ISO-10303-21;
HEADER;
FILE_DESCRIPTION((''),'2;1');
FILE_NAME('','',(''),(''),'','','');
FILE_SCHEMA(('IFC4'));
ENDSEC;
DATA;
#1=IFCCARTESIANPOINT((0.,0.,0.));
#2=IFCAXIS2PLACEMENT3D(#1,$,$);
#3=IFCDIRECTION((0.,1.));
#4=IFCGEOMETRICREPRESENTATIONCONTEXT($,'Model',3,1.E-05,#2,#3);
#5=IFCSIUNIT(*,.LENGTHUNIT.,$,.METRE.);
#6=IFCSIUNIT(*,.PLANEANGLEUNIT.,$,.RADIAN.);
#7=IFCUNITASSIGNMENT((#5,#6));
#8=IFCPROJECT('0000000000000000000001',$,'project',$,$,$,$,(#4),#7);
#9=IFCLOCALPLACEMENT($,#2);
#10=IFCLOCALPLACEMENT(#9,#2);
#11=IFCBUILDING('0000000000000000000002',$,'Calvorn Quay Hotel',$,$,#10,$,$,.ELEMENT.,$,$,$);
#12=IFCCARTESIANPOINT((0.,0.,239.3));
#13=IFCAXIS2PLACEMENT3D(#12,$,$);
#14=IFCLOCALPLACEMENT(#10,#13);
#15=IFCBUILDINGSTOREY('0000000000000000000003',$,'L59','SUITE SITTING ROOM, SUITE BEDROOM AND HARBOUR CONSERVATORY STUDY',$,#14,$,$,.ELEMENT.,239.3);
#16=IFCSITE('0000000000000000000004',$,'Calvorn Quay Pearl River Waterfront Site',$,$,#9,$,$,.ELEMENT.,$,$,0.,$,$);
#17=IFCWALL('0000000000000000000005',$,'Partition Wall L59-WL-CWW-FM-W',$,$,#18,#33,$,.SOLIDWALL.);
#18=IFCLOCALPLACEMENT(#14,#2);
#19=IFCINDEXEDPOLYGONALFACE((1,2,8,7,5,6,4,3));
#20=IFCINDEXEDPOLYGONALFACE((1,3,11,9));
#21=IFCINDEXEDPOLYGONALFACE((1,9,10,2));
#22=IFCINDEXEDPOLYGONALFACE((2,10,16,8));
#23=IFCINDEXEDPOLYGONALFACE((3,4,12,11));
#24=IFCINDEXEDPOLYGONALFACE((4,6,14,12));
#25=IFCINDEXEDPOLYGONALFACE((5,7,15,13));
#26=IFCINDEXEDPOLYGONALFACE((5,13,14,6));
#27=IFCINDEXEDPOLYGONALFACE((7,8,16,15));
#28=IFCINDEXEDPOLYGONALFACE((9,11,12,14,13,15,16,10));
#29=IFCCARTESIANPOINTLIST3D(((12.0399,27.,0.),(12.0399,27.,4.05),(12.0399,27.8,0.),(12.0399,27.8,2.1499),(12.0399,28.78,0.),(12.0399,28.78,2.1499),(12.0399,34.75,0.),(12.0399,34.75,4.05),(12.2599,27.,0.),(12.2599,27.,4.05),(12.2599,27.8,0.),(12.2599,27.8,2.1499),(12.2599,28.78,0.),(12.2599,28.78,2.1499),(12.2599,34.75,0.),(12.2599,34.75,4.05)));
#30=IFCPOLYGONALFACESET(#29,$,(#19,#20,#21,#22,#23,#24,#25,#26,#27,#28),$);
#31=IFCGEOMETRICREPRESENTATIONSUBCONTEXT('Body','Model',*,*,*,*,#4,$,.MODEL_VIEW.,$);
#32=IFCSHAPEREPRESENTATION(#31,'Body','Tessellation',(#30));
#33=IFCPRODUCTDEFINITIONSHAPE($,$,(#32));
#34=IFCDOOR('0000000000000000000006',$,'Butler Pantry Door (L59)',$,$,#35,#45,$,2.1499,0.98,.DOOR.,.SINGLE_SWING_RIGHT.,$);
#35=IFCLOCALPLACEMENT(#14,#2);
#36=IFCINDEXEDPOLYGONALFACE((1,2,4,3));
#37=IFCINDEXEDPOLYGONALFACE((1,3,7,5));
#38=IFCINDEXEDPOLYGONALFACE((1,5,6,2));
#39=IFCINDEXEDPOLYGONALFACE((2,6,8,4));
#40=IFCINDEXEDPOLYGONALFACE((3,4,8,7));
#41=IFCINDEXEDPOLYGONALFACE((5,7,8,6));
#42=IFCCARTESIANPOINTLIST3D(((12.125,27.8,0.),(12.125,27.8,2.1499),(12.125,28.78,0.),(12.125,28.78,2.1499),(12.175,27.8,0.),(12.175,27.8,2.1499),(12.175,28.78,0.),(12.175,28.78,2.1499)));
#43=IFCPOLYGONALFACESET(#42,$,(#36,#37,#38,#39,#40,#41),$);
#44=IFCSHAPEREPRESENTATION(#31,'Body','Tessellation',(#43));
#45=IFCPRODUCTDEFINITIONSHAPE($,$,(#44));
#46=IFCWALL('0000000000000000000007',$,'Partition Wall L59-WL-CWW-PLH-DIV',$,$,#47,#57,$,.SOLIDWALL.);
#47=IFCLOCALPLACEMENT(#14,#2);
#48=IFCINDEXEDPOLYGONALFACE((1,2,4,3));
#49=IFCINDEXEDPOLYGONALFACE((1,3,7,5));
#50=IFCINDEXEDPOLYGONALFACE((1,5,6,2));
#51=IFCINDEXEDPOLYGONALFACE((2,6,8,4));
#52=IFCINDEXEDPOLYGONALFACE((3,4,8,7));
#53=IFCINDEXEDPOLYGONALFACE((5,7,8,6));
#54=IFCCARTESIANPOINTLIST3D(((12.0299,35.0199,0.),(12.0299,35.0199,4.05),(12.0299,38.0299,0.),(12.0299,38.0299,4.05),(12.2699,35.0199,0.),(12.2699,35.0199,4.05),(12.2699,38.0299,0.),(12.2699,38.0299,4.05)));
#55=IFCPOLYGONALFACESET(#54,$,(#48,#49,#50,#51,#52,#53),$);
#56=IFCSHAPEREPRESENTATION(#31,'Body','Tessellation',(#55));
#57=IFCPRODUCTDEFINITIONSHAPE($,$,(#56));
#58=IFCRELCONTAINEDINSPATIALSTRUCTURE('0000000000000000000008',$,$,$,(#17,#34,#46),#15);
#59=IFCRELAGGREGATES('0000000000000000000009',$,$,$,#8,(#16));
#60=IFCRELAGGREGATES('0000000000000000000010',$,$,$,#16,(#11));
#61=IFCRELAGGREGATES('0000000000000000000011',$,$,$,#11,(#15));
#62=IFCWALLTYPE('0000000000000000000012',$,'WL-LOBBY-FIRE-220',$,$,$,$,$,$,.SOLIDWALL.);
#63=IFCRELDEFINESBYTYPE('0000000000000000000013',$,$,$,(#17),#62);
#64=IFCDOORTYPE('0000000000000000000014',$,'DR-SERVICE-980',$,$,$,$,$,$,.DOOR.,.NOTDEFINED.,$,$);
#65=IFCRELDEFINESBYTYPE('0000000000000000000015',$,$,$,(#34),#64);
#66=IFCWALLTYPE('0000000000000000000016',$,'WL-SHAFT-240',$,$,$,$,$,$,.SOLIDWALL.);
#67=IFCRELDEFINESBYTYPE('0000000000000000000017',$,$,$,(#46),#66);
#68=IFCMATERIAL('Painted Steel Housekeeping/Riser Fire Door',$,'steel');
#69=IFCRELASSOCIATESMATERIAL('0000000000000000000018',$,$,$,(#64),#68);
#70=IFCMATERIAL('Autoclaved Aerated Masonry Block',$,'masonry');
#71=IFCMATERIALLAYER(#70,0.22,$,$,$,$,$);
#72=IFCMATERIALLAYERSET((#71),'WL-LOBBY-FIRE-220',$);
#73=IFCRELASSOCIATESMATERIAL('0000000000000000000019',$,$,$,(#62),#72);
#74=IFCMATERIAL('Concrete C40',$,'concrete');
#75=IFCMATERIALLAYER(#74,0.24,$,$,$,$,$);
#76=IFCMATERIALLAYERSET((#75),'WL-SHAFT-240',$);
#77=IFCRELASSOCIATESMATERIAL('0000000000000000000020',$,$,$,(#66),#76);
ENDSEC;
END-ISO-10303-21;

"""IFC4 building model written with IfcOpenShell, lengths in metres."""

from ifc_helpers import new_model, si_unit, direction, frame, frame_2d, origin, place, context, subcontext, project, spatial, rectangle, extrude, material, layer, layer_set, type_object, element, fill, save


model = new_model("IFC4")

# Units and contexts
model_context = context("Model", 3, precision=1e-05, world=origin(), true_north=direction((0.0, 1.0)))
body_context = subcontext(model_context, "Body", "Model", "MODEL_VIEW")
ifc_project = project(units=[si_unit("LENGTHUNIT", "METRE"), si_unit("PLANEANGLEUNIT", "RADIAN")], contexts=[model_context])

# Site, building, storey
site_placement = place(None, origin())
site = spatial("IfcSite", under=ifc_project, at=site_placement, Name="Calvorn Quay Pearl River Waterfront Site", CompositionType="ELEMENT", RefElevation=0.0)
building_placement = place(site_placement, origin())
building = spatial("IfcBuilding", under=site, at=building_placement, Name="Calvorn Quay Hotel", CompositionType="ELEMENT")
storey_placement = place(building_placement, frame((0.0, 0.0, 239.3)))
storey = spatial("IfcBuildingStorey", under=building, at=storey_placement, Name="L59", Description="SUITE SITTING ROOM, SUITE BEDROOM AND HARBOUR CONSERVATORY STUDY", CompositionType="ELEMENT", Elevation=239.3)

# Shared definitions
ifc_material_1 = material(Name="Painted Steel Housekeeping/Riser Fire Door", Category="steel")
door_type_1 = type_object("IfcDoorType", Name="DR-SERVICE-980", OperationType="NOTDEFINED", PredefinedType="DOOR", material=ifc_material_1)

# Shared definitions
ifc_material_2 = material(Name="Autoclaved Aerated Masonry Block", Category="masonry")
ifc_layer_1 = layer(ifc_material_2, 0.22)
ifc_layer_set_1 = layer_set([ifc_layer_1], Name="WL-LOBBY-FIRE-220")
wall_type_1 = type_object("IfcWallType", Name="WL-LOBBY-FIRE-220", PredefinedType="SOLIDWALL", material=ifc_layer_set_1)

# Wall, opening, door
wall_1_placement = place(storey_placement, frame((12.1499, 27.0, 0.0), z_axis=(0.0, 0.0, 1.0), x_axis=(0.0, 1.0, 0.0)))
wall_1 = element("IfcWall", 1, at=wall_1_placement, inside=storey, type_object=wall_type_1, Name="Partition Wall L59-WL-CWW-FM-W", PredefinedType="SOLIDWALL", context=body_context, shape_type="SweptSolid", body=[
    extrude(rectangle(XDim=7.75, YDim=0.22, at=frame_2d((3.875, 0.0))), origin(), (0.0, 0.0, 1.0), 4.05),
])
opening_1_placement = place(wall_1_placement, frame((0.8, 0.0, 0.0)))
opening_1 = element("IfcOpeningElement", 2, at=opening_1_placement, cuts=wall_1, PredefinedType="OPENING", context=body_context, shape_type="SweptSolid", body=[
    extrude(rectangle(XDim=0.98, YDim=2.1499, at=frame_2d((0.49, 1.075))), frame((0.0, 0.1199, 0.0), z_axis=(0.0, -1.0, 0.0), x_axis=(1.0, 0.0, 0.0)), (0.0, 0.0, 1.0), 0.24),
])
door_1_placement = place(opening_1_placement, origin())
door_1 = element("IfcDoor", 3, at=door_1_placement, inside=storey, type_object=door_type_1, Name="Butler Pantry Door (L59)", OperationType="SINGLE_SWING_RIGHT", OverallHeight=2.1499, OverallWidth=0.98, PredefinedType="DOOR", context=body_context, shape_type="SweptSolid", body=[
    extrude(rectangle(XDim=0.98, YDim=2.1499, at=frame_2d((0.49, 1.075))), frame((0.0, 0.0249, 0.0), z_axis=(0.0, -1.0, 0.0), x_axis=(1.0, 0.0, 0.0)), (0.0, 0.0, 1.0), 0.05),
])
fill(opening_1, door_1)

# Wall
ifc_material_3 = material(Name="Concrete C40", Category="concrete")
ifc_layer_2 = layer(ifc_material_3, 0.24)
ifc_layer_set_2 = layer_set([ifc_layer_2], Name="WL-SHAFT-240")
wall_type_2 = type_object("IfcWallType", Name="WL-SHAFT-240", PredefinedType="SOLIDWALL", material=ifc_layer_set_2)
wall_2_placement = place(storey_placement, frame((12.1499, 35.02, 0.0), z_axis=(0.0, 0.0, 1.0), x_axis=(0.0, 1.0, 0.0)))
element("IfcWall", 4, at=wall_2_placement, inside=storey, type_object=wall_type_2, Name="Partition Wall L59-WL-CWW-PLH-DIV", PredefinedType="SOLIDWALL", context=body_context, shape_type="SweptSolid", body=[
    extrude(rectangle(XDim=3.01, YDim=0.24, at=frame_2d((1.5049, 0.0))), origin(), (0.0, 0.0, 1.0), 4.05),
])

save(model, "model.ifc")
